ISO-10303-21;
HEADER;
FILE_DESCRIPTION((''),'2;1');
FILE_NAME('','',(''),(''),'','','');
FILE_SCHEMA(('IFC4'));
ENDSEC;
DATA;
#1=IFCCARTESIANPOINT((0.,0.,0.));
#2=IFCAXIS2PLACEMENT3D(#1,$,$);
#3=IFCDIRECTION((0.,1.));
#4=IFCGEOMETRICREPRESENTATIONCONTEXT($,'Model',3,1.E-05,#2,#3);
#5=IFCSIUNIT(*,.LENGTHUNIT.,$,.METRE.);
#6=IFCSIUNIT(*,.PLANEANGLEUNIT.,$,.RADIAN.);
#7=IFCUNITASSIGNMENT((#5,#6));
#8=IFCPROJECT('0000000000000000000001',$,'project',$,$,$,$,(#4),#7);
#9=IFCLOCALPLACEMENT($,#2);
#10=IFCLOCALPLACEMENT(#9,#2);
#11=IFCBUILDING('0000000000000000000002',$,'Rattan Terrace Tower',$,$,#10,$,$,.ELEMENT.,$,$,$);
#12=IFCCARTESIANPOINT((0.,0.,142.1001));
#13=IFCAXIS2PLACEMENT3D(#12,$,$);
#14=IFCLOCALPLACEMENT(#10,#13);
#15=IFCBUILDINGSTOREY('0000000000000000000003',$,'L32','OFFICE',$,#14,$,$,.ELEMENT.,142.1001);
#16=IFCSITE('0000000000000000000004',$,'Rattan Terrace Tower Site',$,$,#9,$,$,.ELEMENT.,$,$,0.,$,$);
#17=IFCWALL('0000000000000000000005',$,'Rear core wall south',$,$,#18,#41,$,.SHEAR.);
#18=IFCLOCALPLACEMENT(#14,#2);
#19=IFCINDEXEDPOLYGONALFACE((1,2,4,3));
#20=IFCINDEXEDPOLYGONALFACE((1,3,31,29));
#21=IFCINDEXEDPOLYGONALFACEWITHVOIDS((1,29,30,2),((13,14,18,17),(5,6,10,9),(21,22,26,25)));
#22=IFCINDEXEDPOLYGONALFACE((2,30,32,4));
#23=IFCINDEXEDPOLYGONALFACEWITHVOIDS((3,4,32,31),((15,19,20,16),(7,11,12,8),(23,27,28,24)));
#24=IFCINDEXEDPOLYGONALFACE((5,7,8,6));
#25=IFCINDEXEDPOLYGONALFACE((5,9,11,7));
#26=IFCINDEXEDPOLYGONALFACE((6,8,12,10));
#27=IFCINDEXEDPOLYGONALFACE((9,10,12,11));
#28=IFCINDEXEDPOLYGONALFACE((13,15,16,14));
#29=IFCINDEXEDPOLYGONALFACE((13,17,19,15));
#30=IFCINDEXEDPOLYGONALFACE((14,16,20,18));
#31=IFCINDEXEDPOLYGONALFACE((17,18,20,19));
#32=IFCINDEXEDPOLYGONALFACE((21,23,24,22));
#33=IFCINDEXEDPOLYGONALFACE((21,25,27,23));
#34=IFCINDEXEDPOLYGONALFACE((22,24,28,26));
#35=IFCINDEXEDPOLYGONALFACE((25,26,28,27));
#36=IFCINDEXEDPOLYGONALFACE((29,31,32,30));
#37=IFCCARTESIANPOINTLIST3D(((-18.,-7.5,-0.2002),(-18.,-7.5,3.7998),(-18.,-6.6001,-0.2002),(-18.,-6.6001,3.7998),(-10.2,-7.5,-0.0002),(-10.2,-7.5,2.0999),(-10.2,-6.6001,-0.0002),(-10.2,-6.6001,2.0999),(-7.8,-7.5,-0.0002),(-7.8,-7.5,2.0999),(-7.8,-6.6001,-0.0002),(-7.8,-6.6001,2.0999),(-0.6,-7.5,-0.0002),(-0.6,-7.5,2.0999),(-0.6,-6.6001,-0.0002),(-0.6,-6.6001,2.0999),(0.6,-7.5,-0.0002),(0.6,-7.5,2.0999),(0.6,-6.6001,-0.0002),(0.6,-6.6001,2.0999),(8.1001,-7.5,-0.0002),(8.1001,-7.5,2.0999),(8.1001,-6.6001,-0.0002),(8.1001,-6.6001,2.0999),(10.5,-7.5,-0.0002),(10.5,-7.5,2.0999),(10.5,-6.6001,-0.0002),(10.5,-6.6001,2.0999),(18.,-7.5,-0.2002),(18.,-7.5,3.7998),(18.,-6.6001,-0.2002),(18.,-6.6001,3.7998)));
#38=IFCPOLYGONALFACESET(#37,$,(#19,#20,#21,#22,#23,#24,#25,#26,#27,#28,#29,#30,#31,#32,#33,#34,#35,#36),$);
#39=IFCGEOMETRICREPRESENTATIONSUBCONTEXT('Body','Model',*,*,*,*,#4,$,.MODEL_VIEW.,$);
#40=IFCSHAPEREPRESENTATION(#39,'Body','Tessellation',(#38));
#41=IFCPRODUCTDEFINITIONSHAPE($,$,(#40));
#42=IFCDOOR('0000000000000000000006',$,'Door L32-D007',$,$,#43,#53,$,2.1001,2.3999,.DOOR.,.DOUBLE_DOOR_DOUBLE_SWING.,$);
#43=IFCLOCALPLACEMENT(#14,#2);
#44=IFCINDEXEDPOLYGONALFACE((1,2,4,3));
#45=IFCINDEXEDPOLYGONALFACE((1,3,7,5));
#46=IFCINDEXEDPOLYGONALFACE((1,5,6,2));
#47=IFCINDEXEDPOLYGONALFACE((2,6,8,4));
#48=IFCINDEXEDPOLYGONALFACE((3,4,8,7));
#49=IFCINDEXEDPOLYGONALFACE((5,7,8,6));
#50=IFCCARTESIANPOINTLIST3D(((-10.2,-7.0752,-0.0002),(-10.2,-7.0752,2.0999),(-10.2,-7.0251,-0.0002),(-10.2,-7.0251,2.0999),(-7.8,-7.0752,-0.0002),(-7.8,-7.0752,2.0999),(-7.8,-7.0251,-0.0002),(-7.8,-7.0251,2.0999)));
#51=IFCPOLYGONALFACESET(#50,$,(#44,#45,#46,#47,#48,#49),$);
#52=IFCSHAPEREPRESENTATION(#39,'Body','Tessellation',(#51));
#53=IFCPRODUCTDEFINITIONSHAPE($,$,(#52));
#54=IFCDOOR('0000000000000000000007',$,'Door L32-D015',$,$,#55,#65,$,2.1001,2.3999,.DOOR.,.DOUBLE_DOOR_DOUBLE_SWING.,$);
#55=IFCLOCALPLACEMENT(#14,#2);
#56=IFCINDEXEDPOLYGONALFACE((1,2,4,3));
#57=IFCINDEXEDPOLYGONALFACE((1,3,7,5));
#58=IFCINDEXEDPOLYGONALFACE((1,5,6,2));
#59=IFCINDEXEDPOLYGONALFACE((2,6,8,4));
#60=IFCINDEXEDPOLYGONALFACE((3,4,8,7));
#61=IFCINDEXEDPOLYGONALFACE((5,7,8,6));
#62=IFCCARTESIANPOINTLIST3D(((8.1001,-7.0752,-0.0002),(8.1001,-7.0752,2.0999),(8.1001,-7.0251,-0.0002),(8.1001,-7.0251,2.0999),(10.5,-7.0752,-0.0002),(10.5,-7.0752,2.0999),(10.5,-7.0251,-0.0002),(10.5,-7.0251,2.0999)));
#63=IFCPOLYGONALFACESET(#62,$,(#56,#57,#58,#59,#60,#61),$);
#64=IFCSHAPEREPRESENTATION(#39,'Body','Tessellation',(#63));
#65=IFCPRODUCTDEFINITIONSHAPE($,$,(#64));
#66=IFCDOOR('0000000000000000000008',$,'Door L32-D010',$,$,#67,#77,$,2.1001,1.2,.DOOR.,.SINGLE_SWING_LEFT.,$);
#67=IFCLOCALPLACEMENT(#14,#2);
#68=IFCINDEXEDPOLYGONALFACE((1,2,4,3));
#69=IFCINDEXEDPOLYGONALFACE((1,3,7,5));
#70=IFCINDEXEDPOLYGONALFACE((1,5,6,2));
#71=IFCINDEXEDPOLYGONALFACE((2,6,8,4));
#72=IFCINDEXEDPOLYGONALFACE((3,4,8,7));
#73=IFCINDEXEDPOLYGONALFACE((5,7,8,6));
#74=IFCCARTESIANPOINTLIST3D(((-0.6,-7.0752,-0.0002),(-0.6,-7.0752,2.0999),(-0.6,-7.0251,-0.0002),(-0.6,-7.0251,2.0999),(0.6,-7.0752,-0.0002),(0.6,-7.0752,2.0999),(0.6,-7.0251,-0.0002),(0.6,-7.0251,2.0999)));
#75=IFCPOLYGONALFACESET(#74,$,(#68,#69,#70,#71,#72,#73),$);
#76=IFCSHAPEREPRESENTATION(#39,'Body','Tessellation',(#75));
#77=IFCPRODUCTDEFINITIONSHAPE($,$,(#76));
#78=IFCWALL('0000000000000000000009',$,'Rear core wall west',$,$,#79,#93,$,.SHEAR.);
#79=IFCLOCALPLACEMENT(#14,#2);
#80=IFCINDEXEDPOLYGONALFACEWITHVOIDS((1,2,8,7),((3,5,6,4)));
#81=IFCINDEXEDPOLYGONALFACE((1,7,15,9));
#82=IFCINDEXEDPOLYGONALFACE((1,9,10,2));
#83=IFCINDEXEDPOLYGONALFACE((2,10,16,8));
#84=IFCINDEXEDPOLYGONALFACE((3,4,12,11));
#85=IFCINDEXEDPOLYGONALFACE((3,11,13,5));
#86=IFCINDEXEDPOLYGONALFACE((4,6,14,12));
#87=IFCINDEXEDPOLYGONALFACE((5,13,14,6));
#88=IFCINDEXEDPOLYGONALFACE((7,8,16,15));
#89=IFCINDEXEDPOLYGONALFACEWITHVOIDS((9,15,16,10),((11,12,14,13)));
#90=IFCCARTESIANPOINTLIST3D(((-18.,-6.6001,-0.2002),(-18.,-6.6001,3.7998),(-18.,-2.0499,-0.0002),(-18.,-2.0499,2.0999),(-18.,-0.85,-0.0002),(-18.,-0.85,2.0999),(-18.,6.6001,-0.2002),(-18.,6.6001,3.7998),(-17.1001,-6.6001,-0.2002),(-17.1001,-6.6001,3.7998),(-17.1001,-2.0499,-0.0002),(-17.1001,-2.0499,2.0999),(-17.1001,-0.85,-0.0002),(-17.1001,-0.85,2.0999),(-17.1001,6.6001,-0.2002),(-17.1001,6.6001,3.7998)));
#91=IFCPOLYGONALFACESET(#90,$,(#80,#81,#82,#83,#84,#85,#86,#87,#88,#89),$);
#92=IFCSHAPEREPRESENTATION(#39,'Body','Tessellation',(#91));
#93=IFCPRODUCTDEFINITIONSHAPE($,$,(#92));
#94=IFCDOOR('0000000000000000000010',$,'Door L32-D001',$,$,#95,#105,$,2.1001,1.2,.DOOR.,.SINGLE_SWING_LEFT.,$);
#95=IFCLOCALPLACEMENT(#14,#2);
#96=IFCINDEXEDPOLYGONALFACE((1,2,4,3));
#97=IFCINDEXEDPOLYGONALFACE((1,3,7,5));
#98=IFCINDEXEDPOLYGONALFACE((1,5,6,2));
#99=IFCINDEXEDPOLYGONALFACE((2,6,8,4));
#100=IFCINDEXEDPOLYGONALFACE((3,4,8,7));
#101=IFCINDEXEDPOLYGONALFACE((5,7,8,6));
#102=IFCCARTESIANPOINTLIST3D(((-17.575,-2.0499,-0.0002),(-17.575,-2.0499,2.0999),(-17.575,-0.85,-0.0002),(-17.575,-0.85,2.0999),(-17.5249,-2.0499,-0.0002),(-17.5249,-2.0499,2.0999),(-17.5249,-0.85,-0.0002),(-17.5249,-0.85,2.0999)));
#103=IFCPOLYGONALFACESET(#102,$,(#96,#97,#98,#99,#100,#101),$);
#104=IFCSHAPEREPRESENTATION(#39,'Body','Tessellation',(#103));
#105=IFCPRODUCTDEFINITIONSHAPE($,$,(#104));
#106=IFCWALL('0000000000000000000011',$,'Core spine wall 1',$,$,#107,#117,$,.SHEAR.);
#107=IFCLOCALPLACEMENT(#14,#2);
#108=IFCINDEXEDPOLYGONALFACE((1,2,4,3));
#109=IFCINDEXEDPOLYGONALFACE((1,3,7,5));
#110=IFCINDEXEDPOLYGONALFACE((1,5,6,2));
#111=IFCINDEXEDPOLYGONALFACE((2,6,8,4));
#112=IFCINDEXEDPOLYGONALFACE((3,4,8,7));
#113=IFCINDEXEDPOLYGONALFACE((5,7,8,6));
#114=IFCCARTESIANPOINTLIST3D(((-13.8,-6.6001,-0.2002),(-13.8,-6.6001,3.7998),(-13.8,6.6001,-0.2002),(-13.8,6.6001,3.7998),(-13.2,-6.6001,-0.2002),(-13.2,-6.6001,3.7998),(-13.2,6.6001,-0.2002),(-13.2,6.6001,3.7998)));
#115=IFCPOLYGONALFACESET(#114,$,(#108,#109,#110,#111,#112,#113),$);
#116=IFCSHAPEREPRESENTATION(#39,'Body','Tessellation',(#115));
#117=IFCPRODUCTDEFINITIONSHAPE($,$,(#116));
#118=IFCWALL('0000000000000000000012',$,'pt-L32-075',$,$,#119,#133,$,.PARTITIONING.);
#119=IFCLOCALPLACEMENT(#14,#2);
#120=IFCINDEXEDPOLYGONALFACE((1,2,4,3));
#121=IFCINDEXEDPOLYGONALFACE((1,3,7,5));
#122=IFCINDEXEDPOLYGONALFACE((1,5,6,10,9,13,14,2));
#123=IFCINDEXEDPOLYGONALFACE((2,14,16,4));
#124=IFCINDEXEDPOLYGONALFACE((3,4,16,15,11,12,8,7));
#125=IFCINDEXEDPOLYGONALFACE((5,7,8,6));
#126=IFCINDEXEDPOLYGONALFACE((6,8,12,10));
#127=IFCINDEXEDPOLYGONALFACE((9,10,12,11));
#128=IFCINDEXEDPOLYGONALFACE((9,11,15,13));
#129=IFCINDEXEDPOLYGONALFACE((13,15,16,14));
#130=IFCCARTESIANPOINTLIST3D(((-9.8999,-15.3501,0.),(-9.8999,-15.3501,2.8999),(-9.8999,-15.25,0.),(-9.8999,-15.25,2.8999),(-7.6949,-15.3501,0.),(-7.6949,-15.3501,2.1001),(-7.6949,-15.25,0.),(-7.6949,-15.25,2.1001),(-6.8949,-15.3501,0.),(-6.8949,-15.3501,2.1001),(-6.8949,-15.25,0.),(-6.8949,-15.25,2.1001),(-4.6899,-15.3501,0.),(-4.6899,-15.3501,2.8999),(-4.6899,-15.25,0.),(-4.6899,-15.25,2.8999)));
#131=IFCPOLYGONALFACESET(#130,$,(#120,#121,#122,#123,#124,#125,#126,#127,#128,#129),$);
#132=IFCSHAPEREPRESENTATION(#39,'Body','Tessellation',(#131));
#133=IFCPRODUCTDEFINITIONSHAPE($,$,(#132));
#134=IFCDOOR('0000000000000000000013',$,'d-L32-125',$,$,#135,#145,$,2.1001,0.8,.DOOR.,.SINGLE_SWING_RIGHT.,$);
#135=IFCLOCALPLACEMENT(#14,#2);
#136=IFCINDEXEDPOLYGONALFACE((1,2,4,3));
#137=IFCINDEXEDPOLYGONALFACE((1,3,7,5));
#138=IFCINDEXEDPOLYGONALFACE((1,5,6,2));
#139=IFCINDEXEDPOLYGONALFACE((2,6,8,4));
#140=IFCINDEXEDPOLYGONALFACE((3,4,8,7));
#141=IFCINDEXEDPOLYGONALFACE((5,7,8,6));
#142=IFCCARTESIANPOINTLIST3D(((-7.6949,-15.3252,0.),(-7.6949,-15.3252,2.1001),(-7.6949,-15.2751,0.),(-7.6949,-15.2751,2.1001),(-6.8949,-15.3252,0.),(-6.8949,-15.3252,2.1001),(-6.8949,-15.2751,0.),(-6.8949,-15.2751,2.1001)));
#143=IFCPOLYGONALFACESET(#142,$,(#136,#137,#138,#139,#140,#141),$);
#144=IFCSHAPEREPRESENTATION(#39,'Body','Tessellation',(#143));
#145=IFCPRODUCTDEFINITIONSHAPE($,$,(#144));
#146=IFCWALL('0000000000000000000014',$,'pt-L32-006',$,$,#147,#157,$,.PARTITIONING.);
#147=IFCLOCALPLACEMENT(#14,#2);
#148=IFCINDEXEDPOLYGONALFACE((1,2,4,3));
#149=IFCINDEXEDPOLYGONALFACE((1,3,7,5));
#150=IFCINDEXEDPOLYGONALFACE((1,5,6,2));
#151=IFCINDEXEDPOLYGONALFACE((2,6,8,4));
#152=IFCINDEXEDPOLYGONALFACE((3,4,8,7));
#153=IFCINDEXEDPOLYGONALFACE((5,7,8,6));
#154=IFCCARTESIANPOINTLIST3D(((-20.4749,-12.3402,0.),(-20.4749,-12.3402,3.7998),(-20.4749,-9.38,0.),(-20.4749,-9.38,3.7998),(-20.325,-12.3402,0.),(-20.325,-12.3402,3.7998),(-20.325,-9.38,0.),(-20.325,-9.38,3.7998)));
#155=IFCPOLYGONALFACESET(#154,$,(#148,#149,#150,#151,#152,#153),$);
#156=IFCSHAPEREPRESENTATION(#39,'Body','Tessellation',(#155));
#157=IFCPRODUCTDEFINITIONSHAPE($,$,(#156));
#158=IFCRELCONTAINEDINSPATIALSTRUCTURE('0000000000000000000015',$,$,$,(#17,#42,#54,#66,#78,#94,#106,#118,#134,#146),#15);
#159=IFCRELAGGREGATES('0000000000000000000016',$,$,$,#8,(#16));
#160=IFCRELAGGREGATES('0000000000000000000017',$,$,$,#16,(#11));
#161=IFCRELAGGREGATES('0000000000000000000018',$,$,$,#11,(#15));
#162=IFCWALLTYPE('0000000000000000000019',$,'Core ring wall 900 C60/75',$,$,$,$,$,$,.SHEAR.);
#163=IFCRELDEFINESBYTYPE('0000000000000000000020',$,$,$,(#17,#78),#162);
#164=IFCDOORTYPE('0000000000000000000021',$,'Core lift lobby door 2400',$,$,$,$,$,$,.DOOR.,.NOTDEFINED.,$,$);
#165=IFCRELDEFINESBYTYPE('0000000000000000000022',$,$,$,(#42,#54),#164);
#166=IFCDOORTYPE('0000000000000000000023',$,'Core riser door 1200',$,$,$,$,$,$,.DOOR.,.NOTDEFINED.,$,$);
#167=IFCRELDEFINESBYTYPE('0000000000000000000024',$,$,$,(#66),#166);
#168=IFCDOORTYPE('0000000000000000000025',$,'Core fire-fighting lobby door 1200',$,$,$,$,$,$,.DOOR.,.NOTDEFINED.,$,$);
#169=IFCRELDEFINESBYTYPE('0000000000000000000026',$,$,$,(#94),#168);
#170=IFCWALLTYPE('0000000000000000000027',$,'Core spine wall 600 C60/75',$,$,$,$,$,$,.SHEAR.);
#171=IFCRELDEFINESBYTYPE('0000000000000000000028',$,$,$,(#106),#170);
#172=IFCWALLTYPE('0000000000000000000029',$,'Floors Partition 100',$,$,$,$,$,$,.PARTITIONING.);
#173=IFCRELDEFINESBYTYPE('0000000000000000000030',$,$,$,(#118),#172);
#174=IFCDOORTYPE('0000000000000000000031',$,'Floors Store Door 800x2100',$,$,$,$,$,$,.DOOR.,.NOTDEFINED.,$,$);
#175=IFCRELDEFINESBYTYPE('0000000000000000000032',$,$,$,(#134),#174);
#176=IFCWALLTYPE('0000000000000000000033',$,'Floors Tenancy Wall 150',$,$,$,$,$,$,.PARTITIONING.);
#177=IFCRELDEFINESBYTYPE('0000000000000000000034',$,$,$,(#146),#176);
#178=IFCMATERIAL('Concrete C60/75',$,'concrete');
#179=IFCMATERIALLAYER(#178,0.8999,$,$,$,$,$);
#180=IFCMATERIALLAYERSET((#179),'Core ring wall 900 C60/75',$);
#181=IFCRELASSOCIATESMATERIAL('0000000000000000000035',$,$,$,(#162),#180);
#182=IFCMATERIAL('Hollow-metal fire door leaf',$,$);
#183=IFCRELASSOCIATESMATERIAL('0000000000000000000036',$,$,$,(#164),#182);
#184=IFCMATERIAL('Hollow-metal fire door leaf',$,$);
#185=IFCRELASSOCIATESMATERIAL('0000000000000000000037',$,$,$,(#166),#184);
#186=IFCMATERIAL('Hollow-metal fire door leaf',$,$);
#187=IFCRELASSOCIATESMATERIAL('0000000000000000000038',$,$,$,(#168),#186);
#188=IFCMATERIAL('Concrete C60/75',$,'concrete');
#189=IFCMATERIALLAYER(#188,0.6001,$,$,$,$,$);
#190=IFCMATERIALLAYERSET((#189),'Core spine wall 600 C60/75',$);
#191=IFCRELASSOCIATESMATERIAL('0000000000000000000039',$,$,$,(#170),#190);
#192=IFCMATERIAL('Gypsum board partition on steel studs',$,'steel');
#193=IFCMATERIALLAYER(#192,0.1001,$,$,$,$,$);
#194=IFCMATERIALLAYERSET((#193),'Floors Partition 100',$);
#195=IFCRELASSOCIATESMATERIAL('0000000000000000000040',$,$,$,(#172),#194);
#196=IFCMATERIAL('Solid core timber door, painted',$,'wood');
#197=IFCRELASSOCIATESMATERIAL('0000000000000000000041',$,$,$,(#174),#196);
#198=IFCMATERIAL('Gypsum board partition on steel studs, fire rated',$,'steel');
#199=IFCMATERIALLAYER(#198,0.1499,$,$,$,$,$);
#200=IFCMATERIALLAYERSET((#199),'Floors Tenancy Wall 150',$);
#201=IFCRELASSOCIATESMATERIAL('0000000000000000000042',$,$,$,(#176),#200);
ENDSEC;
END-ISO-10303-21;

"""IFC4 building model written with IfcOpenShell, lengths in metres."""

from ifc_helpers import new_model, si_unit, direction, frame, frame_2d, origin, place, context, subcontext, project, spatial, rectangle, extrude, material, layer, layer_set, type_object, element, fill, save


model = new_model("IFC4")

# Units and contexts
model_context = context("Model", 3, precision=1e-05, world=origin(), true_north=direction((0.0, 1.0)))
body_context = subcontext(model_context, "Body", "Model", "MODEL_VIEW")
ifc_project = project(units=[si_unit("LENGTHUNIT", "METRE"), si_unit("PLANEANGLEUNIT", "RADIAN")], contexts=[model_context])

# Site, building, storey
site_placement = place(None, origin())
site = spatial("IfcSite", under=ifc_project, at=site_placement, Name="Rattan Terrace Tower Site", CompositionType="ELEMENT", RefElevation=0.0)
building_placement = place(site_placement, origin())
building = spatial("IfcBuilding", under=site, at=building_placement, Name="Rattan Terrace Tower", CompositionType="ELEMENT")
storey_placement = place(building_placement, frame((0.0, 0.0, 142.1001)))
storey = spatial("IfcBuildingStorey", under=building, at=storey_placement, Name="L32", Description="OFFICE", CompositionType="ELEMENT", Elevation=142.1001)

# Wall, openings, doors
ifc_material_1 = material(Name="Concrete C60/75", Category="concrete")
ifc_layer_1 = layer(ifc_material_1, 0.8999)
ifc_layer_set_1 = layer_set([ifc_layer_1], Name="Core ring wall 900 C60/75")
wall_type_1 = type_object("IfcWallType", Name="Core ring wall 900 C60/75", PredefinedType="SHEAR", material=ifc_layer_set_1)
wall_1_placement = place(storey_placement, frame((-18.0, -7.05, -0.2002), z_axis=(0.0, 0.0, 1.0), x_axis=(1.0, 0.0, 0.0)))
wall_1 = element("IfcWall", 1, at=wall_1_placement, inside=storey, type_object=wall_type_1, Name="Rear core wall south", PredefinedType="SHEAR", context=body_context, shape_type="SweptSolid", body=[
    extrude(rectangle(XDim=36.0, YDim=0.8999, at=frame_2d((18.0, 0.0))), origin(), (0.0, 0.0, 1.0), 4.0),
])
opening_1_placement = place(wall_1_placement, frame((7.8, 0.0, 0.2)))
opening_1 = element("IfcOpeningElement", 2, at=opening_1_placement, cuts=wall_1, PredefinedType="OPENING", context=body_context, shape_type="SweptSolid", body=[
    extrude(rectangle(XDim=2.3999, YDim=2.1001, at=frame_2d((1.2, 1.05))), frame((0.0, 0.4604, 0.0), z_axis=(0.0, -1.0, 0.0), x_axis=(1.0, 0.0, 0.0)), (0.0, 0.0, 1.0), 0.9209),
])
opening_2_placement = place(wall_1_placement, frame((17.3999, 0.0, 0.2)))
opening_2 = element("IfcOpeningElement", 3, at=opening_2_placement, cuts=wall_1, PredefinedType="OPENING", context=body_context, shape_type="SweptSolid", body=[
    extrude(rectangle(XDim=1.2, YDim=2.1001, at=frame_2d((0.6001, 1.05))), frame((0.0, 0.4604, 0.0), z_axis=(0.0, -1.0, 0.0), x_axis=(1.0, 0.0, 0.0)), (0.0, 0.0, 1.0), 0.9209),
])
opening_3_placement = place(wall_1_placement, frame((26.1001, 0.0, 0.2)))
opening_3 = element("IfcOpeningElement", 4, at=opening_3_placement, cuts=wall_1, PredefinedType="OPENING", context=body_context, shape_type="SweptSolid", body=[
    extrude(rectangle(XDim=2.3999, YDim=2.1001, at=frame_2d((1.2, 1.05))), frame((0.0, 0.4604, 0.0), z_axis=(0.0, -1.0, 0.0), x_axis=(1.0, 0.0, 0.0)), (0.0, 0.0, 1.0), 0.9209),
])
ifc_material_2 = material(Name="Hollow-metal fire door leaf")
door_type_1 = type_object("IfcDoorType", Name="Core lift lobby door 2400", OperationType="NOTDEFINED", PredefinedType="DOOR", material=ifc_material_2)
door_1_placement = place(opening_1_placement, origin())
door_1 = element("IfcDoor", 5, at=door_1_placement, inside=storey, type_object=door_type_1, Name="Door L32-D007", OperationType="DOUBLE_DOOR_DOUBLE_SWING", OverallHeight=2.1001, OverallWidth=2.3999, PredefinedType="DOOR", context=body_context, shape_type="SweptSolid", body=[
    extrude(rectangle(XDim=2.3999, YDim=2.1001, at=frame_2d((1.2, 1.05))), frame((0.0, 0.0249, 0.0), z_axis=(0.0, -1.0, 0.0), x_axis=(1.0, 0.0, 0.0)), (0.0, 0.0, 1.0), 0.05),
])
fill(opening_1, door_1)
door_2_placement = place(opening_3_placement, origin())
door_2 = element("IfcDoor", 6, at=door_2_placement, inside=storey, type_object=door_type_1, Name="Door L32-D015", OperationType="DOUBLE_DOOR_DOUBLE_SWING", OverallHeight=2.1001, OverallWidth=2.3999, PredefinedType="DOOR", context=body_context, shape_type="SweptSolid", body=[
    extrude(rectangle(XDim=2.3999, YDim=2.1001, at=frame_2d((1.2, 1.05))), frame((0.0, 0.0249, 0.0), z_axis=(0.0, -1.0, 0.0), x_axis=(1.0, 0.0, 0.0)), (0.0, 0.0, 1.0), 0.05),
])
fill(opening_3, door_2)
ifc_material_3 = material(Name="Hollow-metal fire door leaf")
door_type_2 = type_object("IfcDoorType", Name="Core riser door 1200", OperationType="NOTDEFINED", PredefinedType="DOOR", material=ifc_material_3)
door_3_placement = place(opening_2_placement, origin())
door_3 = element("IfcDoor", 7, at=door_3_placement, inside=storey, type_object=door_type_2, Name="Door L32-D010", OperationType="SINGLE_SWING_LEFT", OverallHeight=2.1001, OverallWidth=1.2, PredefinedType="DOOR", context=body_context, shape_type="SweptSolid", body=[
    extrude(rectangle(XDim=1.2, YDim=2.1001, at=frame_2d((0.6001, 1.05))), frame((0.0, 0.0249, 0.0), z_axis=(0.0, -1.0, 0.0), x_axis=(1.0, 0.0, 0.0)), (0.0, 0.0, 1.0), 0.05),
])
fill(opening_2, door_3)

# Wall, opening, door
wall_2_placement = place(storey_placement, frame((-17.55, -6.6001, -0.2002), z_axis=(0.0, 0.0, 1.0), x_axis=(0.0, 1.0, 0.0)))
wall_2 = element("IfcWall", 8, at=wall_2_placement, inside=storey, type_object=wall_type_1, Name="Rear core wall west", PredefinedType="SHEAR", context=body_context, shape_type="SweptSolid", body=[
    extrude(rectangle(XDim=13.2002, YDim=0.8999, at=frame_2d((6.6001, 0.0))), origin(), (0.0, 0.0, 1.0), 4.0),
])
opening_4_placement = place(wall_2_placement, frame((4.55, 0.0, 0.2)))
opening_4 = element("IfcOpeningElement", 9, at=opening_4_placement, cuts=wall_2, PredefinedType="OPENING", context=body_context, shape_type="SweptSolid", body=[
    extrude(rectangle(XDim=1.2, YDim=2.1001, at=frame_2d((0.6001, 1.05))), frame((0.0, 0.4604, 0.0), z_axis=(0.0, -1.0, 0.0), x_axis=(1.0, 0.0, 0.0)), (0.0, 0.0, 1.0), 0.9209),
])
ifc_material_4 = material(Name="Hollow-metal fire door leaf")
door_type_3 = type_object("IfcDoorType", Name="Core fire-fighting lobby door 1200", OperationType="NOTDEFINED", PredefinedType="DOOR", material=ifc_material_4)
door_4_placement = place(opening_4_placement, origin())
door_4 = element("IfcDoor", 10, at=door_4_placement, inside=storey, type_object=door_type_3, Name="Door L32-D001", OperationType="SINGLE_SWING_LEFT", OverallHeight=2.1001, OverallWidth=1.2, PredefinedType="DOOR", context=body_context, shape_type="SweptSolid", body=[
    extrude(rectangle(XDim=1.2, YDim=2.1001, at=frame_2d((0.6001, 1.05))), frame((0.0, 0.0249, 0.0), z_axis=(0.0, -1.0, 0.0), x_axis=(1.0, 0.0, 0.0)), (0.0, 0.0, 1.0), 0.05),
])
fill(opening_4, door_4)

# Wall
ifc_material_5 = material(Name="Concrete C60/75", Category="concrete")
ifc_layer_2 = layer(ifc_material_5, 0.6001)
ifc_layer_set_2 = layer_set([ifc_layer_2], Name="Core spine wall 600 C60/75")
wall_type_2 = type_object("IfcWallType", Name="Core spine wall 600 C60/75", PredefinedType="SHEAR", material=ifc_layer_set_2)
wall_3_placement = place(storey_placement, frame((-13.5, -6.6001, -0.2002), z_axis=(0.0, 0.0, 1.0), x_axis=(0.0, 1.0, 0.0)))
element("IfcWall", 11, at=wall_3_placement, inside=storey, type_object=wall_type_2, Name="Core spine wall 1", PredefinedType="SHEAR", context=body_context, shape_type="SweptSolid", body=[
    extrude(rectangle(XDim=13.2002, YDim=0.6001, at=frame_2d((6.6001, 0.0))), origin(), (0.0, 0.0, 1.0), 4.0),
])

# Wall, opening, door
ifc_material_6 = material(Name="Gypsum board partition on steel studs", Category="steel")
ifc_layer_3 = layer(ifc_material_6, 0.1001)
ifc_layer_set_3 = layer_set([ifc_layer_3], Name="Floors Partition 100")
wall_type_3 = type_object("IfcWallType", Name="Floors Partition 100", PredefinedType="PARTITIONING", material=ifc_layer_set_3)
wall_4_placement = place(storey_placement, frame((-9.8999, -15.3, 0.0), z_axis=(0.0, 0.0, 1.0), x_axis=(1.0, 0.0, 0.0)))
wall_4 = element("IfcWall", 12, at=wall_4_placement, inside=storey, type_object=wall_type_3, Name="pt-L32-075", PredefinedType="PARTITIONING", context=body_context, shape_type="SweptSolid", body=[
    extrude(rectangle(XDim=5.21, YDim=0.1001, at=frame_2d((2.605, 0.0))), origin(), (0.0, 0.0, 1.0), 2.8999),
])
opening_5_placement = place(wall_4_placement, frame((2.2051, 0.0, 0.0)))
opening_5 = element("IfcOpeningElement", 13, at=opening_5_placement, cuts=wall_4, PredefinedType="OPENING", context=body_context, shape_type="SweptSolid", body=[
    extrude(rectangle(XDim=0.8, YDim=2.1001, at=frame_2d((0.3999, 1.05))), frame((0.0, 0.0605, 0.0), z_axis=(0.0, -1.0, 0.0), x_axis=(1.0, 0.0, 0.0)), (0.0, 0.0, 1.0), 0.1211),
])
ifc_material_7 = material(Name="Solid core timber door, painted", Category="wood")
door_type_4 = type_object("IfcDoorType", Name="Floors Store Door 800x2100", OperationType="NOTDEFINED", PredefinedType="DOOR", material=ifc_material_7)
door_5_placement = place(opening_5_placement, origin())
door_5 = element("IfcDoor", 14, at=door_5_placement, inside=storey, type_object=door_type_4, Name="d-L32-125", OperationType="SINGLE_SWING_RIGHT", OverallHeight=2.1001, OverallWidth=0.8, PredefinedType="DOOR", context=body_context, shape_type="SweptSolid", body=[
    extrude(rectangle(XDim=0.8, YDim=2.1001, at=frame_2d((0.3999, 1.05))), frame((0.0, 0.0249, 0.0), z_axis=(0.0, -1.0, 0.0), x_axis=(1.0, 0.0, 0.0)), (0.0, 0.0, 1.0), 0.05),
])
fill(opening_5, door_5)

# Wall
ifc_material_8 = material(Name="Gypsum board partition on steel studs, fire rated", Category="steel")
ifc_layer_4 = layer(ifc_material_8, 0.1499)
ifc_layer_set_4 = layer_set([ifc_layer_4], Name="Floors Tenancy Wall 150")
wall_type_4 = type_object("IfcWallType", Name="Floors Tenancy Wall 150", PredefinedType="PARTITIONING", material=ifc_layer_set_4)
wall_5_placement = place(storey_placement, frame((-20.3999, -12.3401, 0.0), z_axis=(0.0, 0.0, 1.0), x_axis=(0.0, 1.0, 0.0)))
element("IfcWall", 15, at=wall_5_placement, inside=storey, type_object=wall_type_4, Name="pt-L32-006", PredefinedType="PARTITIONING", context=body_context, shape_type="SweptSolid", body=[
    extrude(rectangle(XDim=2.9602, YDim=0.1499, at=frame_2d((1.48, 0.0))), origin(), (0.0, 0.0, 1.0), 3.7998),
])

save(model, "model.ifc")
